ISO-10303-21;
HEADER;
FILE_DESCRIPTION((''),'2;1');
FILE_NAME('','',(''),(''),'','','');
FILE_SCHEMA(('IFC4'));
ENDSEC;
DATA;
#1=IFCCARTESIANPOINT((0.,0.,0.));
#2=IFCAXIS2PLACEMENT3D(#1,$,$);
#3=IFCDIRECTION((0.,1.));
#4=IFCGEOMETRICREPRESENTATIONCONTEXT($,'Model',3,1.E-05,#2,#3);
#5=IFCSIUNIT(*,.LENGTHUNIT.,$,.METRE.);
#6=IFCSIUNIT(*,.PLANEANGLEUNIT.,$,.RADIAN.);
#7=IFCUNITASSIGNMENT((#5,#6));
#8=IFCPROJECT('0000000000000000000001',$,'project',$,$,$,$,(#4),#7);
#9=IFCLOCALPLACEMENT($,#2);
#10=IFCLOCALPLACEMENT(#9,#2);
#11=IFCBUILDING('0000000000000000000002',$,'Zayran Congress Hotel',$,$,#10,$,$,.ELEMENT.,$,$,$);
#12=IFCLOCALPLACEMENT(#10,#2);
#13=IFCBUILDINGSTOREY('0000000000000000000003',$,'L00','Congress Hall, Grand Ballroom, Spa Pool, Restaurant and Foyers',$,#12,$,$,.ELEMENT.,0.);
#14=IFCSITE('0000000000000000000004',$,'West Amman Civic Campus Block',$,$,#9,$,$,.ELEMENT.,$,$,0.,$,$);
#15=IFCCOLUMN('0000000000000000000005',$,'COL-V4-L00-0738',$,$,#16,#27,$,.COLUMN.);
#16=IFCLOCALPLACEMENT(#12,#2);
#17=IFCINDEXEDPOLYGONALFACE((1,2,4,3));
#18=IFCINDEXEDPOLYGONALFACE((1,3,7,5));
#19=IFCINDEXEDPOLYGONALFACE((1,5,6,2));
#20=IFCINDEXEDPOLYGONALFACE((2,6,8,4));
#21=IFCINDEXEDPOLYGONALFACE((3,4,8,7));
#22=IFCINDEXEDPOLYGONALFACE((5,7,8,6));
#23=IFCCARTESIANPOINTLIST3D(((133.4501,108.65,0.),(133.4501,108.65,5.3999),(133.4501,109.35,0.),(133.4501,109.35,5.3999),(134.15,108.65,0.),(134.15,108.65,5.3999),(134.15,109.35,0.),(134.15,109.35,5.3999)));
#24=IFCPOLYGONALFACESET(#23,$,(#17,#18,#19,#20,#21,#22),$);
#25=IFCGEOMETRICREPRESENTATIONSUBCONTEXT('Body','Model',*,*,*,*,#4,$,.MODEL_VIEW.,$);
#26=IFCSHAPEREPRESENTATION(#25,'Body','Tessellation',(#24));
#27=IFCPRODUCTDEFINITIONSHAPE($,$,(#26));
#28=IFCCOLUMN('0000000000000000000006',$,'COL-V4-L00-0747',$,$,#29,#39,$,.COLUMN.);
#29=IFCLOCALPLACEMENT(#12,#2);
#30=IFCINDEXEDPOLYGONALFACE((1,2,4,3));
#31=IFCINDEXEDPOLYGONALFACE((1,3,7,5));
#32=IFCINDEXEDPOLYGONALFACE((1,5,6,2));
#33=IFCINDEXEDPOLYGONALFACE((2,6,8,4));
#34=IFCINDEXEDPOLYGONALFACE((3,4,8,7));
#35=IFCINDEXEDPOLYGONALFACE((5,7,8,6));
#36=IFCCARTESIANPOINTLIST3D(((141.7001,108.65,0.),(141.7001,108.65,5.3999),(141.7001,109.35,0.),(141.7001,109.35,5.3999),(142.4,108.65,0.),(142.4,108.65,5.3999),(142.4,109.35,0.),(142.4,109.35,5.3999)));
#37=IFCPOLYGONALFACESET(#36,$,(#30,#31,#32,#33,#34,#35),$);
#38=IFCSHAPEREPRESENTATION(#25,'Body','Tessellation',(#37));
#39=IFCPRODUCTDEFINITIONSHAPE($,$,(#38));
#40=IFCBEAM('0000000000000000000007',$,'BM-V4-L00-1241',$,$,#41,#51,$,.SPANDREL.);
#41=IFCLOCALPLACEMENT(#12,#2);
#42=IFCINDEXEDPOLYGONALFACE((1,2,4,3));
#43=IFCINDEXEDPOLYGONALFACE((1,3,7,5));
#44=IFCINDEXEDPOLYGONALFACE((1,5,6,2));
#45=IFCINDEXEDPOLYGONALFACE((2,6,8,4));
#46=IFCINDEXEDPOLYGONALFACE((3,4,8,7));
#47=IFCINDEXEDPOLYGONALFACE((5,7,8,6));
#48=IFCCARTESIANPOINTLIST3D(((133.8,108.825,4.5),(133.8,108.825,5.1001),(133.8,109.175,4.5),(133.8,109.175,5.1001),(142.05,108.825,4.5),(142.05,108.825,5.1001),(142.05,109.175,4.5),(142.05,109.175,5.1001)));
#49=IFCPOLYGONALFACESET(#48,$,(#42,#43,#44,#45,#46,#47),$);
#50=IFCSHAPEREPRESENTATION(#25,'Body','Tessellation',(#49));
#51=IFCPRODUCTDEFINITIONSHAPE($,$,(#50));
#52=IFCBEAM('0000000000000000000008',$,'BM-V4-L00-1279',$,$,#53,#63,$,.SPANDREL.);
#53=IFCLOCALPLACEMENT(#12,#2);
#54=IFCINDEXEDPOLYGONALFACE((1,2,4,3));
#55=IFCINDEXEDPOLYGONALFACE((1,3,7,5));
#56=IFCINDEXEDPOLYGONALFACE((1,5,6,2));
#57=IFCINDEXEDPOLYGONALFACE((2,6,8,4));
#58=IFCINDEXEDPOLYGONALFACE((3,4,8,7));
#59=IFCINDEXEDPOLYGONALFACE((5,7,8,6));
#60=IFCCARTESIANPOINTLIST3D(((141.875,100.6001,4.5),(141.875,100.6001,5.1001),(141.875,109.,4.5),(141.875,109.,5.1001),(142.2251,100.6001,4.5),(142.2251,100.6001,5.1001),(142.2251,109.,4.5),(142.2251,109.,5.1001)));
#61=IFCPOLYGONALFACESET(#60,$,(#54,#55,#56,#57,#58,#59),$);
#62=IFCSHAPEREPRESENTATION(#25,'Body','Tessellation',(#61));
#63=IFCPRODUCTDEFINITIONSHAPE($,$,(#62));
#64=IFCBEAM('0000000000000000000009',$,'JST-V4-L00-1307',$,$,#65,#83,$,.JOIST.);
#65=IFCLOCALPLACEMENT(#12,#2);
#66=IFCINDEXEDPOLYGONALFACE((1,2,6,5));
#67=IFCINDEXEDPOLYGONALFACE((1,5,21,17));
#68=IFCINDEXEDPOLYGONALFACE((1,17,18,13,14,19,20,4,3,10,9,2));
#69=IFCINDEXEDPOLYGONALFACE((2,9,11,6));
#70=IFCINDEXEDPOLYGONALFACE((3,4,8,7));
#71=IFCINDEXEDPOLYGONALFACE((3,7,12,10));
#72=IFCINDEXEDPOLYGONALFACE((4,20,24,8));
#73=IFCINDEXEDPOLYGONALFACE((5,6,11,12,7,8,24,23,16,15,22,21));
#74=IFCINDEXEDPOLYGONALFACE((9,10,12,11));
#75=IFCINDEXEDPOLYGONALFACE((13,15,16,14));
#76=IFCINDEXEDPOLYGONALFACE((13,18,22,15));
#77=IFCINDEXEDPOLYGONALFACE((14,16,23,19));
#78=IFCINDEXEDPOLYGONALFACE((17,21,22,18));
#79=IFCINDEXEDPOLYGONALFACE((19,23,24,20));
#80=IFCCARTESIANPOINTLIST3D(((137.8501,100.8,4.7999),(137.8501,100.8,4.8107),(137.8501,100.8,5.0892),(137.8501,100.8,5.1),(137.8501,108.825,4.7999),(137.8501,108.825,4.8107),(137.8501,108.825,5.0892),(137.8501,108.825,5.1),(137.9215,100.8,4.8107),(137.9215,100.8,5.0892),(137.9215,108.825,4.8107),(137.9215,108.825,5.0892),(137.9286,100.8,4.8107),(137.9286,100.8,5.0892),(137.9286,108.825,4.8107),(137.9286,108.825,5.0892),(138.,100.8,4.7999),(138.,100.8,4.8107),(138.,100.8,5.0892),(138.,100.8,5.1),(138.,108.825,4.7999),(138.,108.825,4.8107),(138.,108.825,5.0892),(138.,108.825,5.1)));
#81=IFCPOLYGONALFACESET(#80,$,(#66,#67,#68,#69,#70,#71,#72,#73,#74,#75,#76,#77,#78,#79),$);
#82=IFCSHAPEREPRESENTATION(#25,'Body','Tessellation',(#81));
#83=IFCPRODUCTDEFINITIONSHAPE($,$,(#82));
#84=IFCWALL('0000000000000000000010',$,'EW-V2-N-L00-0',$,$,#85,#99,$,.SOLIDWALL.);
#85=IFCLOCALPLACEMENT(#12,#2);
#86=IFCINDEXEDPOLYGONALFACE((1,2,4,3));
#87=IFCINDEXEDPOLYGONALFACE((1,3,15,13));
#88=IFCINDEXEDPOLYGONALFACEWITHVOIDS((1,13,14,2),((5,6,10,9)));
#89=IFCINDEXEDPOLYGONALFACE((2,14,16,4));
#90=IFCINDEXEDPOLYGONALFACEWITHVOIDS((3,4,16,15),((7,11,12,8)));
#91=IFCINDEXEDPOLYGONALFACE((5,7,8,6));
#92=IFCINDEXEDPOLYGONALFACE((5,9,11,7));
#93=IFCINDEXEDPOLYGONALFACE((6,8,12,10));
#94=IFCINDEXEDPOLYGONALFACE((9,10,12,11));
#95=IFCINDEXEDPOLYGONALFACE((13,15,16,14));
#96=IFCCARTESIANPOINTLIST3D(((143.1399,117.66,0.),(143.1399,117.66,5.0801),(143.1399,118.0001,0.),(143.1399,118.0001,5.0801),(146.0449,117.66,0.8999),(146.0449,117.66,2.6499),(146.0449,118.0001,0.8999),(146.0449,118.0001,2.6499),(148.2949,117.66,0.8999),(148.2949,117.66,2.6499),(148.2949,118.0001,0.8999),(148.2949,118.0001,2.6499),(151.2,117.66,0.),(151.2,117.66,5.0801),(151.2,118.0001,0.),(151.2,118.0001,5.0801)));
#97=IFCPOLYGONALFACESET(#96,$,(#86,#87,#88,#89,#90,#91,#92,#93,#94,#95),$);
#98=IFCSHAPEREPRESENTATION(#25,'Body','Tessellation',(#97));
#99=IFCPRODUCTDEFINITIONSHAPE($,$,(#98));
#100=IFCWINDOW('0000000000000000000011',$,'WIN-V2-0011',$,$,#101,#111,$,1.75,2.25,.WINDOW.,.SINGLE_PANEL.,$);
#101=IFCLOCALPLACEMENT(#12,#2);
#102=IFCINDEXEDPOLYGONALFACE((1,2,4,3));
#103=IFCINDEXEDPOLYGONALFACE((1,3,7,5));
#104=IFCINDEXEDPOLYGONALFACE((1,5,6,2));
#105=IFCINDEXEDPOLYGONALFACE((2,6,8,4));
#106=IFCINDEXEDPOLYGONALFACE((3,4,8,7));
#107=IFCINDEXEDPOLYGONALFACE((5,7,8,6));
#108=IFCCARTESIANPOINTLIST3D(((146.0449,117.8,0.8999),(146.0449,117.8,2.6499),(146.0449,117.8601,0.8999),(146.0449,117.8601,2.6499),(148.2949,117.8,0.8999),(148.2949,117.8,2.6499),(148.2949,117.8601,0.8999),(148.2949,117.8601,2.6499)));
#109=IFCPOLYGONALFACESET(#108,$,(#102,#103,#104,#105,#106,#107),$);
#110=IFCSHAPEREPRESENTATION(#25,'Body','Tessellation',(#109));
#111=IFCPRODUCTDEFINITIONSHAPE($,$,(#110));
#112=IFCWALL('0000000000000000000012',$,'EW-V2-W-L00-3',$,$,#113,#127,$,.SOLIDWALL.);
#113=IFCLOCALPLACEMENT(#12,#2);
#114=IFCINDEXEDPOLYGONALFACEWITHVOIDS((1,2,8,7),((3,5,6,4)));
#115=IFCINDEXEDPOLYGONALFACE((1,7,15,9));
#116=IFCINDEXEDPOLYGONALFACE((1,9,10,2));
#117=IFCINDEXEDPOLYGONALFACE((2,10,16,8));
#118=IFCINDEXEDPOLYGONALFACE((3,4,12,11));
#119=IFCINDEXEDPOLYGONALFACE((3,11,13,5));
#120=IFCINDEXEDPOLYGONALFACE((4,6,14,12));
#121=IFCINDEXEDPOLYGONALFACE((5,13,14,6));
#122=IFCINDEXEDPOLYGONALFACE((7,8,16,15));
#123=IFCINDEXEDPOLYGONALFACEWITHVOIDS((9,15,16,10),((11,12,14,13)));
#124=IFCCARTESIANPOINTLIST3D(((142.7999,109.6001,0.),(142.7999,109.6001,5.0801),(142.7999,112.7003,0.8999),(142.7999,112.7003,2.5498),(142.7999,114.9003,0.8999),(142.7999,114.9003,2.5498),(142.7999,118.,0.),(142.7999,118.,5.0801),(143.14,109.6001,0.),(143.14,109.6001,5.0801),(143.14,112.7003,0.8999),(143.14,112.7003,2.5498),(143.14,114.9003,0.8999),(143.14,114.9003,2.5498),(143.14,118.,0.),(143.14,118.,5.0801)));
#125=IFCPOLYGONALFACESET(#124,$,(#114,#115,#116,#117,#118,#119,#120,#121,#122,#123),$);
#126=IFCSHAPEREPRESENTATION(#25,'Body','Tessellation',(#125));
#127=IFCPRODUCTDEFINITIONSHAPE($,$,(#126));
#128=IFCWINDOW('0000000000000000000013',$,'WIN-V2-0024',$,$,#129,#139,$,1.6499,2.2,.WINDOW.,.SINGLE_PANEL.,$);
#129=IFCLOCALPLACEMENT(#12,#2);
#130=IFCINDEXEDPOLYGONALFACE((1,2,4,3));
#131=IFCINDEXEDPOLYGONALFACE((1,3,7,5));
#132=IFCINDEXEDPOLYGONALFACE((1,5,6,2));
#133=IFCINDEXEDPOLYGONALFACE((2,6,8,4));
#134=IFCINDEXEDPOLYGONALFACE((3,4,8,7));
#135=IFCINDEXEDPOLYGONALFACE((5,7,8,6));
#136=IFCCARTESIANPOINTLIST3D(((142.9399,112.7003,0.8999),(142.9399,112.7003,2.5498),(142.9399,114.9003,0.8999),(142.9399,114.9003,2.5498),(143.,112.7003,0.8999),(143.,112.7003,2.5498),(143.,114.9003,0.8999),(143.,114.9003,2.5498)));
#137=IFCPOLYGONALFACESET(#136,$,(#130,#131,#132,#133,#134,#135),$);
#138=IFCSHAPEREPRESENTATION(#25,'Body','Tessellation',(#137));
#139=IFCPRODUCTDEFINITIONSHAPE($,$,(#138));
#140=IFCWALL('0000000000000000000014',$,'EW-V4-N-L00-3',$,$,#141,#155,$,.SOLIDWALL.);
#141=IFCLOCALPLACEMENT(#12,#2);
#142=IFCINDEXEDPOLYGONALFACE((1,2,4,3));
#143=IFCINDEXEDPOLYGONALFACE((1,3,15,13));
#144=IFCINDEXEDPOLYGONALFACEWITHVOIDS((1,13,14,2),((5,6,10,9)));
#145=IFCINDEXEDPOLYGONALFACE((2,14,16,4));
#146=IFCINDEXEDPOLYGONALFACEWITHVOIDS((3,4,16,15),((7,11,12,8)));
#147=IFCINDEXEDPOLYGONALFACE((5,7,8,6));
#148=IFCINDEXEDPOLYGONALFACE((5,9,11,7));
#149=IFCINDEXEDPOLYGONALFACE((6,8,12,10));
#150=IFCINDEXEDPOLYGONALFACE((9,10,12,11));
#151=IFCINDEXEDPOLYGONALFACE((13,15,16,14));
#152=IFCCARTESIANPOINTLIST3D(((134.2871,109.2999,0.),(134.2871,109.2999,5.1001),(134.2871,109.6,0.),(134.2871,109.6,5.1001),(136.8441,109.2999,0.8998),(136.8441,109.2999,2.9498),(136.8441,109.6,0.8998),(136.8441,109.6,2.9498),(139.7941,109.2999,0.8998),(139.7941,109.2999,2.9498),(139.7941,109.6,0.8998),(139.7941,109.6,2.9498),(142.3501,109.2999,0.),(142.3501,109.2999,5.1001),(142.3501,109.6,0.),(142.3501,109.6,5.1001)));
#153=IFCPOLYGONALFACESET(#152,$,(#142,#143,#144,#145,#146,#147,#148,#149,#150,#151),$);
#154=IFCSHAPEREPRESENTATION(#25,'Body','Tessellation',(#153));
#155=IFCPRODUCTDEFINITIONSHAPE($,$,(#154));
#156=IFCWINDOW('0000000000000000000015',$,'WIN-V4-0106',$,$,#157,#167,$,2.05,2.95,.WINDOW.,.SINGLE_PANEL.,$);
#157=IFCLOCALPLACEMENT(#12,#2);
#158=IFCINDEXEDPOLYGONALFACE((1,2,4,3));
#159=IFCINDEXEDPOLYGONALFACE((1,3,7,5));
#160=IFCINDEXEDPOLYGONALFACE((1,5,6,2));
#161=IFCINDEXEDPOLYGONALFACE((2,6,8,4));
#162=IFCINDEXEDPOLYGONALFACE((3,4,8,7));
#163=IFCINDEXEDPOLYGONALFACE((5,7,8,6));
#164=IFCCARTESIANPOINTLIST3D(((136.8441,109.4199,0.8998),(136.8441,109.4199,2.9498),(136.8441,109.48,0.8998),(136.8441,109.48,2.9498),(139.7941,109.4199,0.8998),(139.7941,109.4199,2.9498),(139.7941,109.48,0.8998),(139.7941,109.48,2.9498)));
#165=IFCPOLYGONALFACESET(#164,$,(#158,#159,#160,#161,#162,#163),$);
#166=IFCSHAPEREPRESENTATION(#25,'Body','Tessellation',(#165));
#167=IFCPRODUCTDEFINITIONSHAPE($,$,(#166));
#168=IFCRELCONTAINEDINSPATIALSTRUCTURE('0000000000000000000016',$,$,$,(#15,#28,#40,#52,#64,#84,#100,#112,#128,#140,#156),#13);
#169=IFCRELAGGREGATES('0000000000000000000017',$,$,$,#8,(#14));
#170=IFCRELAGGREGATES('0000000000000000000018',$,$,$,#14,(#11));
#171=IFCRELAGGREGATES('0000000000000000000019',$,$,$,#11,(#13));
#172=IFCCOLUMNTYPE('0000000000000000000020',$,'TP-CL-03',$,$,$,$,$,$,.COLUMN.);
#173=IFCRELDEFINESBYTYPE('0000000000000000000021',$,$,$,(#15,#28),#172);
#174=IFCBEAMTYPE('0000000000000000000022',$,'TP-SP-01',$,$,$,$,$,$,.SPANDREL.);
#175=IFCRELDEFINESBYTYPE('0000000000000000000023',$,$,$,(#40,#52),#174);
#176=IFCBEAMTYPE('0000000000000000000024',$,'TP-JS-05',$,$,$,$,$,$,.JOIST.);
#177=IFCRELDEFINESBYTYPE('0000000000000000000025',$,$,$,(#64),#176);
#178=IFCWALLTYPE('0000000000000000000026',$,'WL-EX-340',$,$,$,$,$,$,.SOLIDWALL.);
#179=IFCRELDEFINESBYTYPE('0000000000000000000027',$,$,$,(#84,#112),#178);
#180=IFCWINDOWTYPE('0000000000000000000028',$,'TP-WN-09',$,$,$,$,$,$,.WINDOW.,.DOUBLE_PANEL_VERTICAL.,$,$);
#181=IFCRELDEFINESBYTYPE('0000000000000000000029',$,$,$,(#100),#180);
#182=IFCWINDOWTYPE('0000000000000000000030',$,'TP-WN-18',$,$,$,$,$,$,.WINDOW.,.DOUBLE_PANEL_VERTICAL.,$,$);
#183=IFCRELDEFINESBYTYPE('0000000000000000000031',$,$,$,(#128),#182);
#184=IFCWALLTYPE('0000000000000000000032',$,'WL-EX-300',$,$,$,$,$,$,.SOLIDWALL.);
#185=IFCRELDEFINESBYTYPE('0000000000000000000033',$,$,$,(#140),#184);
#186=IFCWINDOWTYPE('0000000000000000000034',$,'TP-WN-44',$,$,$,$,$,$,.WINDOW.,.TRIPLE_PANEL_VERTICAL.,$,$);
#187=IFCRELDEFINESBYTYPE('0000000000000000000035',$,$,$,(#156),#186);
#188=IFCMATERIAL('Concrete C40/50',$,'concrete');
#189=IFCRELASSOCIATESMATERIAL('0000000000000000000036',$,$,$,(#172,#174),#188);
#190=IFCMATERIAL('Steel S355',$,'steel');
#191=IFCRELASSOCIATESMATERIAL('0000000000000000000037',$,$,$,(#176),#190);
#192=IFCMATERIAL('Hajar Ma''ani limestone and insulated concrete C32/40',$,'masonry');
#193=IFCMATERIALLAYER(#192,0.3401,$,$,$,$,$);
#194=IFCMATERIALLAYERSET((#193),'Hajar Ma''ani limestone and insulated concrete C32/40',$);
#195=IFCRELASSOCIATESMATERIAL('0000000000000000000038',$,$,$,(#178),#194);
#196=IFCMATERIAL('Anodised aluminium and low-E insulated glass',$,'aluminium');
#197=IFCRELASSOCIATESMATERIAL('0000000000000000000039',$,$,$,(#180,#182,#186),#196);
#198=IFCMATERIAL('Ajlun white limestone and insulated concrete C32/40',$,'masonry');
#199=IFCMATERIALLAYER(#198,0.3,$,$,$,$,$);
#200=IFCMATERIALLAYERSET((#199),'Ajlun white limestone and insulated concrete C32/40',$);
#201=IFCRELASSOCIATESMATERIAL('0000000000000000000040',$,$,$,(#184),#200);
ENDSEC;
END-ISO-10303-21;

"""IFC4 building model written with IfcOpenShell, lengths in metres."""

from ifc_helpers import new_model, si_unit, direction, frame, frame_2d, origin, origin_2d, place, context, subcontext, project, spatial, rectangle, i_section, extrude, material, layer, layer_set, material_profile, profile_set, type_object, element, fill, save


model = new_model("IFC4")

# Units and contexts
model_context = context("Model", 3, precision=1e-05, world=origin(), true_north=direction((0.0, 1.0)))
body_context = subcontext(model_context, "Body", "Model", "MODEL_VIEW")
ifc_project = project(units=[si_unit("LENGTHUNIT", "METRE"), si_unit("PLANEANGLEUNIT", "RADIAN")], contexts=[model_context])

# Site, building, storey
site_placement = place(None, origin())
site = spatial("IfcSite", under=ifc_project, at=site_placement, Name="West Amman Civic Campus Block", CompositionType="ELEMENT", RefElevation=0.0)
building_placement = place(site_placement, origin())
building = spatial("IfcBuilding", under=site, at=building_placement, Name="Zayran Congress Hotel", CompositionType="ELEMENT")
storey_placement = place(building_placement, origin())
storey = spatial("IfcBuildingStorey", under=building, at=storey_placement, Name="L00", Description="Congress Hall, Grand Ballroom, Spa Pool, Restaurant and Foyers", CompositionType="ELEMENT", Elevation=0.0)

# Columns
ifc_material_1 = material(Name="Concrete C40/50", Category="concrete")
ifc_material_profile_1 = material_profile(ifc_material_1, rectangle(XDim=0.7, YDim=0.7, at=origin_2d()), Name="RC 700x700")
ifc_profile_set_1 = profile_set([ifc_material_profile_1], Name="Concrete C40/50")
column_type = type_object("IfcColumnType", Name="TP-CL-03", PredefinedType="COLUMN", material=ifc_profile_set_1)
for number, where, z_axis, x_axis, name in (
    (1, (133.8, 109.0, 0.0), (0.0, 0.0, 1.0), (1.0, 0.0, 0.0), "COL-V4-L00-0738"),
    (2, (142.05, 109.0, 0.0), (0.0, 0.0, 1.0), (1.0, 0.0, 0.0), "COL-V4-L00-0747"),
):
    element("IfcColumn", number, at=place(storey_placement, frame(where, z_axis=z_axis, x_axis=x_axis)), inside=storey, type_object=column_type, Name=name, PredefinedType="COLUMN", context=body_context, shape_type="SweptSolid", body=[
        extrude(rectangle(XDim=0.7, YDim=0.7, at=origin_2d()), origin(), (0.0, 0.0, 1.0), 5.3999),
    ])

# Beams
ifc_material_profile_2 = material_profile(ifc_material_1, rectangle(XDim=0.3501, YDim=0.6001, at=origin_2d()), Name="RC 350x600")
ifc_profile_set_2 = profile_set([ifc_material_profile_2], Name="Concrete C40/50")
beam_type_1 = type_object("IfcBeamType", Name="TP-SP-01", PredefinedType="SPANDREL", material=ifc_profile_set_2)
beam_1_placement = place(storey_placement, frame((133.8, 109.0, 4.8), z_axis=(1.0, 0.0, 0.0), x_axis=(0.0, 1.0, 0.0)))
element("IfcBeam", 3, at=beam_1_placement, inside=storey, type_object=beam_type_1, Name="BM-V4-L00-1241", PredefinedType="SPANDREL", context=body_context, shape_type="SweptSolid", body=[
    extrude(rectangle(XDim=0.3501, YDim=0.6001, at=origin_2d()), origin(), (0.0, 0.0, 1.0), 8.25),
])
beam_2_placement = place(storey_placement, frame((142.05, 100.6001, 4.8), z_axis=(0.0, 1.0, 0.0), x_axis=(-1.0, 0.0, 0.0)))
element("IfcBeam", 4, at=beam_2_placement, inside=storey, type_object=beam_type_1, Name="BM-V4-L00-1279", PredefinedType="SPANDREL", context=body_context, shape_type="SweptSolid", body=[
    extrude(rectangle(XDim=0.3501, YDim=0.6001, at=origin_2d()), origin(), (0.0, 0.0, 1.0), 8.3999),
])
ifc_material_2 = material(Name="Steel S355", Category="steel")
ifc_material_profile_3 = material_profile(ifc_material_2, i_section(OverallWidth=0.1499, OverallDepth=0.3, WebThickness=0.0071, FlangeThickness=0.0107, at=origin_2d()), Name="IPE 300")
ifc_profile_set_3 = profile_set([ifc_material_profile_3], Name="Steel S355")
beam_type_2 = type_object("IfcBeamType", Name="TP-JS-05", PredefinedType="JOIST", material=ifc_profile_set_3)
beam_3_placement = place(storey_placement, frame((137.925, 100.8, 4.95), z_axis=(0.0, 1.0, 0.0), x_axis=(-1.0, 0.0, 0.0)))
element("IfcBeam", 5, at=beam_3_placement, inside=storey, type_object=beam_type_2, Name="JST-V4-L00-1307", PredefinedType="JOIST", context=body_context, shape_type="SweptSolid", body=[
    extrude(i_section(OverallWidth=0.1499, OverallDepth=0.3, WebThickness=0.0071, FlangeThickness=0.0107, at=origin_2d()), origin(), (0.0, 0.0, 1.0), 8.0249),
])

# Wall, opening, window
ifc_material_3 = material(Name="Hajar Ma'ani limestone and insulated concrete C32/40", Category="masonry")
ifc_layer_1 = layer(ifc_material_3, 0.3401)
ifc_layer_set_1 = layer_set([ifc_layer_1], Name="Hajar Ma'ani limestone and insulated concrete C32/40")
wall_type_1 = type_object("IfcWallType", Name="WL-EX-340", PredefinedType="SOLIDWALL", material=ifc_layer_set_1)
wall_1_placement = place(storey_placement, frame((143.1399, 117.8301, 0.0), z_axis=(0.0, 0.0, 1.0), x_axis=(1.0, 0.0, 0.0)))
wall_1 = element("IfcWall", 6, at=wall_1_placement, inside=storey, type_object=wall_type_1, Name="EW-V2-N-L00-0", PredefinedType="SOLIDWALL", context=body_context, shape_type="SweptSolid", body=[
    extrude(rectangle(XDim=8.0601, YDim=0.3401, at=frame_2d((4.03, 0.0))), origin(), (0.0, 0.0, 1.0), 5.0801),
])
opening_1_placement = place(wall_1_placement, frame((2.905, 0.0, 0.8999)))
opening_1 = element("IfcOpeningElement", 7, at=opening_1_placement, cuts=wall_1, PredefinedType="OPENING", context=body_context, shape_type="SweptSolid", body=[
    extrude(rectangle(XDim=2.25, YDim=1.75, at=frame_2d((1.125, 0.875))), frame((0.0, 0.1799, 0.0), z_axis=(0.0, -1.0, 0.0), x_axis=(1.0, 0.0, 0.0)), (0.0, 0.0, 1.0), 0.3601),
])
ifc_material_4 = material(Name="Anodised aluminium and low-E insulated glass", Category="aluminium")
window_type_1 = type_object("IfcWindowType", Name="TP-WN-09", PartitioningType="DOUBLE_PANEL_VERTICAL", PredefinedType="WINDOW", material=ifc_material_4)
window_1_placement = place(opening_1_placement, origin())
window_1 = element("IfcWindow", 8, at=window_1_placement, inside=storey, type_object=window_type_1, Name="WIN-V2-0011", OverallHeight=1.75, OverallWidth=2.25, PartitioningType="SINGLE_PANEL", PredefinedType="WINDOW", context=body_context, shape_type="SweptSolid", body=[
    extrude(rectangle(XDim=2.25, YDim=1.75, at=frame_2d((1.125, 0.875))), frame((0.0, 0.03, 0.0), z_axis=(0.0, -1.0, 0.0), x_axis=(1.0, 0.0, 0.0)), (0.0, 0.0, 1.0), 0.0601),
])
fill(opening_1, window_1)

# Walls, openings, windows
wall_2_placement = place(storey_placement, frame((142.97, 109.6001, 0.0), z_axis=(0.0, 0.0, 1.0), x_axis=(0.0, 1.0, 0.0)))
wall_2 = element("IfcWall", 9, at=wall_2_placement, inside=storey, type_object=wall_type_1, Name="EW-V2-W-L00-3", PredefinedType="SOLIDWALL", context=body_context, shape_type="SweptSolid", body=[
    extrude(rectangle(XDim=8.3999, YDim=0.3401, at=frame_2d((4.2, 0.0))), origin(), (0.0, 0.0, 1.0), 5.0801),
])
opening_2_placement = place(wall_2_placement, frame((3.1001, 0.0, 0.8999)))
opening_2 = element("IfcOpeningElement", 10, at=opening_2_placement, cuts=wall_2, PredefinedType="OPENING", context=body_context, shape_type="SweptSolid", body=[
    extrude(rectangle(XDim=2.2, YDim=1.6499, at=frame_2d((1.1001, 0.825))), frame((0.0, 0.1799, 0.0), z_axis=(0.0, -1.0, 0.0), x_axis=(1.0, 0.0, 0.0)), (0.0, 0.0, 1.0), 0.3601),
])
window_type_2 = type_object("IfcWindowType", Name="TP-WN-18", PartitioningType="DOUBLE_PANEL_VERTICAL", PredefinedType="WINDOW", material=ifc_material_4)
window_2_placement = place(opening_2_placement, origin())
window_2 = element("IfcWindow", 11, at=window_2_placement, inside=storey, type_object=window_type_2, Name="WIN-V2-0024", OverallHeight=1.6499, OverallWidth=2.2, PartitioningType="SINGLE_PANEL", PredefinedType="WINDOW", context=body_context, shape_type="SweptSolid", body=[
    extrude(rectangle(XDim=2.2, YDim=1.6499, at=frame_2d((1.1001, 0.825))), frame((0.0, 0.03, 0.0), z_axis=(0.0, -1.0, 0.0), x_axis=(1.0, 0.0, 0.0)), (0.0, 0.0, 1.0), 0.0601),
])
fill(opening_2, window_2)
ifc_material_5 = material(Name="Ajlun white limestone and insulated concrete C32/40", Category="masonry")
ifc_layer_2 = layer(ifc_material_5, 0.3)
ifc_layer_set_2 = layer_set([ifc_layer_2], Name="Ajlun white limestone and insulated concrete C32/40")
wall_type_2 = type_object("IfcWallType", Name="WL-EX-300", PredefinedType="SOLIDWALL", material=ifc_layer_set_2)
wall_3_placement = place(storey_placement, frame((134.2871, 109.45, 0.0), z_axis=(0.0, 0.0, 1.0), x_axis=(1.0, 0.0, 0.0)))
wall_3 = element("IfcWall", 12, at=wall_3_placement, inside=storey, type_object=wall_type_2, Name="EW-V4-N-L00-3", PredefinedType="SOLIDWALL", context=body_context, shape_type="SweptSolid", body=[
    extrude(rectangle(XDim=8.063, YDim=0.3, at=frame_2d((4.0315, 0.0))), origin(), (0.0, 0.0, 1.0), 5.1001),
])
opening_3_placement = place(wall_3_placement, frame((2.5569, 0.0, 0.8999)))
opening_3 = element("IfcOpeningElement", 13, at=opening_3_placement, cuts=wall_3, PredefinedType="OPENING", context=body_context, shape_type="SweptSolid", body=[
    extrude(rectangle(XDim=2.95, YDim=2.05, at=frame_2d((1.4751, 1.0249))), frame((0.0, 0.1599, 0.0), z_axis=(0.0, -1.0, 0.0), x_axis=(1.0, 0.0, 0.0)), (0.0, 0.0, 1.0), 0.3201),
])
window_type_3 = type_object("IfcWindowType", Name="TP-WN-44", PartitioningType="TRIPLE_PANEL_VERTICAL", PredefinedType="WINDOW", material=ifc_material_4)
window_3_placement = place(opening_3_placement, origin())
window_3 = element("IfcWindow", 14, at=window_3_placement, inside=storey, type_object=window_type_3, Name="WIN-V4-0106", OverallHeight=2.05, OverallWidth=2.95, PartitioningType="SINGLE_PANEL", PredefinedType="WINDOW", context=body_context, shape_type="SweptSolid", body=[
    extrude(rectangle(XDim=2.95, YDim=2.05, at=frame_2d((1.4751, 1.0249))), frame((0.0, 0.03, 0.0), z_axis=(0.0, -1.0, 0.0), x_axis=(1.0, 0.0, 0.0)), (0.0, 0.0, 1.0), 0.0601),
])
fill(opening_3, window_3)

save(model, "model.ifc")
